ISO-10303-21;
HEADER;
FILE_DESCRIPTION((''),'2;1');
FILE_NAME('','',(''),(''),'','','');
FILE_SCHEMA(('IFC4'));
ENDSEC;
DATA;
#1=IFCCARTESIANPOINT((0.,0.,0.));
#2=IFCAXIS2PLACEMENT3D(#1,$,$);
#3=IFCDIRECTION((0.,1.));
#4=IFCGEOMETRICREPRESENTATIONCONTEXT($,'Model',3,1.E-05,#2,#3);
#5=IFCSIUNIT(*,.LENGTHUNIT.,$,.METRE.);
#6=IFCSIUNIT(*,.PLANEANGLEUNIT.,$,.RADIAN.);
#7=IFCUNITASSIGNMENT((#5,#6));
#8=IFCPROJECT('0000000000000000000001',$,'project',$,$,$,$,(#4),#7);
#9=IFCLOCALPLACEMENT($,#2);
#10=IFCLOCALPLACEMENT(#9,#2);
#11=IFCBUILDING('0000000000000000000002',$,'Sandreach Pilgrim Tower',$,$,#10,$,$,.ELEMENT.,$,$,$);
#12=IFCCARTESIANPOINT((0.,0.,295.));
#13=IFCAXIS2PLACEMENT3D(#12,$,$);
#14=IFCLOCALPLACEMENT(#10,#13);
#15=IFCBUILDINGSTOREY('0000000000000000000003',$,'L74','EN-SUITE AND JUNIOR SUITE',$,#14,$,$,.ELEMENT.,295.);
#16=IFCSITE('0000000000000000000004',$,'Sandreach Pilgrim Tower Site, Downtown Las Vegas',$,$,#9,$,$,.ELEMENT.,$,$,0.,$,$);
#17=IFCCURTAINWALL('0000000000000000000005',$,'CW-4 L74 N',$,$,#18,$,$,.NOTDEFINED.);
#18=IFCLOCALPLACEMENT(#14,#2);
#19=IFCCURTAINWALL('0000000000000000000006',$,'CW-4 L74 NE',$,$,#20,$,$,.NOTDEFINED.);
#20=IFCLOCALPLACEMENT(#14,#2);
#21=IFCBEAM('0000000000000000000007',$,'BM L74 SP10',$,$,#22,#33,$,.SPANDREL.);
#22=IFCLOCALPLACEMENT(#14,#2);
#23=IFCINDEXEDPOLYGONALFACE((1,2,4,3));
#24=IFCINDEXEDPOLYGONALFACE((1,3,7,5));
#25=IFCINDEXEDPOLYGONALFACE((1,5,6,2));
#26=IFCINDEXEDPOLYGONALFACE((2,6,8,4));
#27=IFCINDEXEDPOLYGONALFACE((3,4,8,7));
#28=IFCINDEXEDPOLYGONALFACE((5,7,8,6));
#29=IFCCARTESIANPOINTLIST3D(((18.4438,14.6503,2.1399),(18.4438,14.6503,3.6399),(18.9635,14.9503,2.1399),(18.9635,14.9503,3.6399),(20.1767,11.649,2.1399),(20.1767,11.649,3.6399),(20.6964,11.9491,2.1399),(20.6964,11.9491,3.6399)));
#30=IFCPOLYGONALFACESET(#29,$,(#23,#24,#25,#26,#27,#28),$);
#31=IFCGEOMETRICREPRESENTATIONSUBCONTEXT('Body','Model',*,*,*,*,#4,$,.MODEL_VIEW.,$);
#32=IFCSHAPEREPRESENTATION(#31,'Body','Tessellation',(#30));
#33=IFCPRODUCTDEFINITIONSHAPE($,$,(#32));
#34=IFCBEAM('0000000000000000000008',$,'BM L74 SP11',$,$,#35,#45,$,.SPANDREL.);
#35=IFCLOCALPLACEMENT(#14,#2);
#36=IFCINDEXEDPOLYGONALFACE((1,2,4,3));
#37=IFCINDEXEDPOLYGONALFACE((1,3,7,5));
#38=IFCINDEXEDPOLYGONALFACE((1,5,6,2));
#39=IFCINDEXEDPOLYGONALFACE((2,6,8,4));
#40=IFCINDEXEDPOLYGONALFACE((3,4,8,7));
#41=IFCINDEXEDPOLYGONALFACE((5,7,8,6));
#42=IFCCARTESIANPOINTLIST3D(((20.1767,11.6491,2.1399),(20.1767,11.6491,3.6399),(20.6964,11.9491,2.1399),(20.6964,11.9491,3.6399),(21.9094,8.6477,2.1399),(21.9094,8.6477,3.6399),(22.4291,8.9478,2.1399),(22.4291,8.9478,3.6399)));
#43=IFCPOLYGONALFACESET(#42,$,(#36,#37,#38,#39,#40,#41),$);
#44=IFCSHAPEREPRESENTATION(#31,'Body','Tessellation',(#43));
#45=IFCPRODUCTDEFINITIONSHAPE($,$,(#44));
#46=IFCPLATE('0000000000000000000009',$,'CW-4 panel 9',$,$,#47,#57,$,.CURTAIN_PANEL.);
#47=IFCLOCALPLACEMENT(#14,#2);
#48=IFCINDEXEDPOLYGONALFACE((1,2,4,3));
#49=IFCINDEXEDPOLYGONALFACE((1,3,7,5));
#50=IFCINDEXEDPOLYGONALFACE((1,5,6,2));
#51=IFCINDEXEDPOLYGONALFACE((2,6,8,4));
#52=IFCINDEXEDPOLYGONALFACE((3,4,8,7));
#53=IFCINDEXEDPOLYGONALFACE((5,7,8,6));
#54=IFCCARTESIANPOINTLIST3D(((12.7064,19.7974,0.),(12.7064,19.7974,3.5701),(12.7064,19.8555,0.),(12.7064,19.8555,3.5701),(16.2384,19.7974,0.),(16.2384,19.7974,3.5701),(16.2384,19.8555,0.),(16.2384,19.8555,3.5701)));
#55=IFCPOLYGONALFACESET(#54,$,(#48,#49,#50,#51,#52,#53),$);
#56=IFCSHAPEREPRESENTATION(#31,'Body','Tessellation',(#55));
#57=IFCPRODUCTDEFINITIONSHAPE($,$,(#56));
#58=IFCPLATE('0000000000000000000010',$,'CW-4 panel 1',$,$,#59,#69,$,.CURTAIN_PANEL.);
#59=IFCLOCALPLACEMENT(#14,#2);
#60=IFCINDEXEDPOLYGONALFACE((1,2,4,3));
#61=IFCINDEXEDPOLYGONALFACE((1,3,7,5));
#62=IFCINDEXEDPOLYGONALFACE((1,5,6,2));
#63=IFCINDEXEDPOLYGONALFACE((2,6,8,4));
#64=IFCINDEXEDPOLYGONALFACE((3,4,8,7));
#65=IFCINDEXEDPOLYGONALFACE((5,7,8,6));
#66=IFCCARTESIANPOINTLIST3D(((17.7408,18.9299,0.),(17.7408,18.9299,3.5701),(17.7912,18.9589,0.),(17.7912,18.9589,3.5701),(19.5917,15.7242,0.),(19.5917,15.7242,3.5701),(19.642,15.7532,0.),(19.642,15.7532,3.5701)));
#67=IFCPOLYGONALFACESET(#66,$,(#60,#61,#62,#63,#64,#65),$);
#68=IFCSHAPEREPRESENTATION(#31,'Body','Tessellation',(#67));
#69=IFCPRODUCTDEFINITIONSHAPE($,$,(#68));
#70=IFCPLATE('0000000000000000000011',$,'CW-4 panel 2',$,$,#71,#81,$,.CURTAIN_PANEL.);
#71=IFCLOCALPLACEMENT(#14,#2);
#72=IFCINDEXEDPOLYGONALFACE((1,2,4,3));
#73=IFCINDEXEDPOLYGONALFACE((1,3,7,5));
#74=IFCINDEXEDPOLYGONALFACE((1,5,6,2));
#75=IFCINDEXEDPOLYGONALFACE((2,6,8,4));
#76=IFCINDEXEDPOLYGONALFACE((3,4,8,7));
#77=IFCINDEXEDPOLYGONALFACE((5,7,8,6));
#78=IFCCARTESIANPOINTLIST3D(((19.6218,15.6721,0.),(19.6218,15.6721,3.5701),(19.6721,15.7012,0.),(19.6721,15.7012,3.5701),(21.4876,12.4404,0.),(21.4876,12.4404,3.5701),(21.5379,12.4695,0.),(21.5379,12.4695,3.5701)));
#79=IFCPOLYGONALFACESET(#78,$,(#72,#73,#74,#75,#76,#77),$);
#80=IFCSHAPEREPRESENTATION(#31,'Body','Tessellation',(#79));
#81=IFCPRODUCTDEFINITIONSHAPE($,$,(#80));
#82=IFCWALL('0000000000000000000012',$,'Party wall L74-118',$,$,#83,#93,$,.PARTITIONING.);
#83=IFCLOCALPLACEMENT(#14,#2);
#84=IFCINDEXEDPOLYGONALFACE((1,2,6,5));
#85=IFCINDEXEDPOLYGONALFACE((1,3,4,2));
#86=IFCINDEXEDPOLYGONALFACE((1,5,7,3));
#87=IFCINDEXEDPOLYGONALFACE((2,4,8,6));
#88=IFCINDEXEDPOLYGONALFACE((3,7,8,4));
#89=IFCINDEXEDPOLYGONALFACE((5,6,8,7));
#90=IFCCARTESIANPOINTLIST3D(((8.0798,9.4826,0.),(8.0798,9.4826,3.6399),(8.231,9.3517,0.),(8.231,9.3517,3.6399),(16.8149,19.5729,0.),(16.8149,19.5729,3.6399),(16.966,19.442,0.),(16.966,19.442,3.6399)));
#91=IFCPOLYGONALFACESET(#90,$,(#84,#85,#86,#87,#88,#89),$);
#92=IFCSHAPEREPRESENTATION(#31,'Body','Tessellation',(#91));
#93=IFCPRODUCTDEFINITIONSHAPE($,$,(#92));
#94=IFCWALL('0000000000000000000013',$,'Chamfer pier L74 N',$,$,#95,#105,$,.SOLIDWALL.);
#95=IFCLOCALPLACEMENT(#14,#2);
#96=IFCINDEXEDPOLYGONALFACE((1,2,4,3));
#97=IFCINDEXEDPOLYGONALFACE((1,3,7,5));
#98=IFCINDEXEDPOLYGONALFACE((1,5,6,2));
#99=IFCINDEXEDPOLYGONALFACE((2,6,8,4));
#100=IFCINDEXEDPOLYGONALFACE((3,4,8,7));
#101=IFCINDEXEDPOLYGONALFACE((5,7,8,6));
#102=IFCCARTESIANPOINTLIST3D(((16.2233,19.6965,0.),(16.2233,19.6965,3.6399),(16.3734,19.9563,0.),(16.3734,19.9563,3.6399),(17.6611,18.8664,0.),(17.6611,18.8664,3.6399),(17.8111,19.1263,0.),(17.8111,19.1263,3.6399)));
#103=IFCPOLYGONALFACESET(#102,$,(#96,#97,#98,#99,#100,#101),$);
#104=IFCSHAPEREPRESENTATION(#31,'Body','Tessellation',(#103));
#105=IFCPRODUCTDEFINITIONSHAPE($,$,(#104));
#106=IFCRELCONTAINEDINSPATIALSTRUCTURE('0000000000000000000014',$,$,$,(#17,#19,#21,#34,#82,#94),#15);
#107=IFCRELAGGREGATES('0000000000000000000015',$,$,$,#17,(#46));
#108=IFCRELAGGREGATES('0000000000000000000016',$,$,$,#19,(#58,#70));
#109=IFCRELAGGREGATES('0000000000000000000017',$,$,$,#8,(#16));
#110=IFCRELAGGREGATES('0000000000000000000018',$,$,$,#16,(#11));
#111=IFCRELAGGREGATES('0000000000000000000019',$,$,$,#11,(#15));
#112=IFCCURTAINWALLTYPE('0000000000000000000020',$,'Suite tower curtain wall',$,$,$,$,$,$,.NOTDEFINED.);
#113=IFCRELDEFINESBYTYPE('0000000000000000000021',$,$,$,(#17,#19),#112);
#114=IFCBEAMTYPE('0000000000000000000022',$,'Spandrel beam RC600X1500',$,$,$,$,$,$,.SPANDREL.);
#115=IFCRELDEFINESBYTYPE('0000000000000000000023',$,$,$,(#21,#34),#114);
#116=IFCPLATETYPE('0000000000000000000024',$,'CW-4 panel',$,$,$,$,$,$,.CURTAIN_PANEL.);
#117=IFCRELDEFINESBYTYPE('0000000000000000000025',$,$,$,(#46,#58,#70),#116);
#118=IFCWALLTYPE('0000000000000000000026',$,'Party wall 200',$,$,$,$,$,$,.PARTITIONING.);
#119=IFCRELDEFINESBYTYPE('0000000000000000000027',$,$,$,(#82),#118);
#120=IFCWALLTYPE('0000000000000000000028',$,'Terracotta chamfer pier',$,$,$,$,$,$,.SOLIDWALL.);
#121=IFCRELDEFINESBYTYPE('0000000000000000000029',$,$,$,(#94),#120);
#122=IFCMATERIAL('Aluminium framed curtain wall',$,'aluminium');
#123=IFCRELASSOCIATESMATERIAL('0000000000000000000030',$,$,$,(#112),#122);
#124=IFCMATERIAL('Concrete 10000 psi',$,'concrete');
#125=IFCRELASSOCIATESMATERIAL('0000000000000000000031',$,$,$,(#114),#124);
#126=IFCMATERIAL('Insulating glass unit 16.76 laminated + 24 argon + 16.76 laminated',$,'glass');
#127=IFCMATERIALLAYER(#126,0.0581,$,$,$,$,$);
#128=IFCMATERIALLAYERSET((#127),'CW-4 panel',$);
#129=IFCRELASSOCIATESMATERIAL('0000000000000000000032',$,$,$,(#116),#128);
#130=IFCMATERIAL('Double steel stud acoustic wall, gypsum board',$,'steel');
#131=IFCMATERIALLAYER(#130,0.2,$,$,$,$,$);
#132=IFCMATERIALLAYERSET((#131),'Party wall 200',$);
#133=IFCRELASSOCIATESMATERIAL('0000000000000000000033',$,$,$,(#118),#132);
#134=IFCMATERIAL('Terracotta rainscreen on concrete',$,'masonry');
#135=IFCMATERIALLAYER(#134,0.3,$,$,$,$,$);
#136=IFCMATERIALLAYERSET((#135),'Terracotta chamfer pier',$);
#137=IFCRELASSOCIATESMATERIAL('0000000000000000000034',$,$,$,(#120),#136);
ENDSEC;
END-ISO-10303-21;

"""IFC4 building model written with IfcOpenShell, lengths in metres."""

from ifc_helpers import new_model, si_unit, direction, frame, frame_2d, origin, origin_2d, place, context, subcontext, project, spatial, rectangle, extrude, material, layer, layer_set, material_profile, profile_set, type_object, element, aggregate, save


model = new_model("IFC4")

# Units and contexts
model_context = context("Model", 3, precision=1e-05, world=origin(), true_north=direction((0.0, 1.0)))
body_context = subcontext(model_context, "Body", "Model", "MODEL_VIEW")
ifc_project = project(units=[si_unit("LENGTHUNIT", "METRE"), si_unit("PLANEANGLEUNIT", "RADIAN")], contexts=[model_context])

# Site, building, storey
site_placement = place(None, origin())
site = spatial("IfcSite", under=ifc_project, at=site_placement, Name="Sandreach Pilgrim Tower Site, Downtown Las Vegas", CompositionType="ELEMENT", RefElevation=0.0)
building_placement = place(site_placement, origin())
building = spatial("IfcBuilding", under=site, at=building_placement, Name="Sandreach Pilgrim Tower", CompositionType="ELEMENT")
storey_placement = place(building_placement, frame((0.0, 0.0, 295.0)))
storey = spatial("IfcBuildingStorey", under=building, at=storey_placement, Name="L74", Description="EN-SUITE AND JUNIOR SUITE", CompositionType="ELEMENT", Elevation=295.0)

# Curtain walls
ifc_material_1 = material(Name="Aluminium framed curtain wall", Category="aluminium")
curtain_wall_type = type_object("IfcCurtainWallType", Name="Suite tower curtain wall", PredefinedType="NOTDEFINED", material=ifc_material_1)
curtain_wall_1_placement = place(storey_placement, origin())
curtain_wall_1 = element("IfcCurtainWall", 1, at=curtain_wall_1_placement, inside=storey, type_object=curtain_wall_type, Name="CW-4 L74 N", PredefinedType="NOTDEFINED")
curtain_wall_2_placement = place(storey_placement, origin())
curtain_wall_2 = element("IfcCurtainWall", 2, at=curtain_wall_2_placement, inside=storey, type_object=curtain_wall_type, Name="CW-4 L74 NE", PredefinedType="NOTDEFINED")

# Beams
ifc_material_2 = material(Name="Concrete 10000 psi", Category="concrete")
ifc_material_profile_1 = material_profile(ifc_material_2, rectangle(XDim=0.6001, YDim=1.5, at=origin_2d()), Name="RC600X1500")
ifc_profile_set_1 = profile_set([ifc_material_profile_1], Name="Concrete 10000 psi")
beam_type_1 = type_object("IfcBeamType", Name="Spandrel beam RC600X1500", PredefinedType="SPANDREL", material=ifc_profile_set_1)
for number, where, z_axis, x_axis, name in (
    (3, (18.7036, 14.8003, 2.8899), (0.500033, -0.866006, 0.0), (0.866006, 0.500033, 0.0), "BM L74 SP10"),
    (4, (20.4365, 11.7991, 2.8899), (0.499981, -0.866037, 0.0), (0.866037, 0.499981, 0.0), "BM L74 SP11"),
):
    element("IfcBeam", number, at=place(storey_placement, frame(where, z_axis=z_axis, x_axis=x_axis)), inside=storey, type_object=beam_type_1, Name=name, PredefinedType="SPANDREL", context=body_context, shape_type="SweptSolid", body=[
        extrude(rectangle(XDim=0.6001, YDim=1.5, at=origin_2d()), origin(), (0.0, 0.0, 1.0), 3.4656),
    ])

# Plates
ifc_material_3 = material(Name="Insulating glass unit 16.76 laminated + 24 argon + 16.76 laminated", Category="glass")
ifc_layer_1 = layer(ifc_material_3, 0.0581)
ifc_layer_set_1 = layer_set([ifc_layer_1], Name="CW-4 panel")
plate_type = type_object("IfcPlateType", Name="CW-4 panel", PredefinedType="CURTAIN_PANEL", material=ifc_layer_set_1)
plate_1_placement = place(storey_placement, frame((14.4724, 19.8264, 0.0), z_axis=(0.0, 0.0, 1.0), x_axis=(1.0, 0.0, 0.0)))
plate_1 = element("IfcPlate", 5, at=plate_1_placement, type_object=plate_type, Name="CW-4 panel 9", PredefinedType="CURTAIN_PANEL", context=body_context, shape_type="SweptSolid", body=[
    extrude(rectangle(XDim=3.532, YDim=0.0581, at=origin_2d()), origin(), (0.0, 0.0, 1.0), 3.5701),
])
aggregate(curtain_wall_1, [plate_1])
plate_2_placement = place(storey_placement, frame((18.6914, 17.3416, 0.0), z_axis=(0.0, 0.0, 1.0), x_axis=(0.5, -0.866025, 0.0)))
plate_2 = element("IfcPlate", 6, at=plate_2_placement, type_object=plate_type, Name="CW-4 panel 1", PredefinedType="CURTAIN_PANEL", context=body_context, shape_type="SweptSolid", body=[
    extrude(rectangle(XDim=3.7017, YDim=0.0581, at=origin_2d()), origin(), (0.0, 0.0, 1.0), 3.5701),
])
plate_3_placement = place(storey_placement, frame((20.5798, 14.0708, 0.0), z_axis=(0.0, 0.0, 1.0), x_axis=(0.5, -0.866025, 0.0)))
plate_3 = element("IfcPlate", 7, at=plate_3_placement, type_object=plate_type, Name="CW-4 panel 2", PredefinedType="CURTAIN_PANEL", context=body_context, shape_type="SweptSolid", body=[
    extrude(rectangle(XDim=3.7317, YDim=0.0581, at=origin_2d()), origin(), (0.0, 0.0, 1.0), 3.5701),
])
aggregate(curtain_wall_2, [plate_2, plate_3])

# Walls
ifc_material_4 = material(Name="Double steel stud acoustic wall, gypsum board", Category="steel")
ifc_layer_2 = layer(ifc_material_4, 0.2)
ifc_layer_set_2 = layer_set([ifc_layer_2], Name="Party wall 200")
wall_type_1 = type_object("IfcWallType", Name="Party wall 200", PredefinedType="PARTITIONING", material=ifc_layer_set_2)
wall_1_placement = place(storey_placement, frame((16.8904, 19.5073, 0.0), z_axis=(0.0, 0.0, 1.0), x_axis=(-0.654509, -0.756054, 0.0)))
element("IfcWall", 8, at=wall_1_placement, inside=storey, type_object=wall_type_1, Name="Party wall L74-118", PredefinedType="PARTITIONING", context=body_context, shape_type="SweptSolid", body=[
    extrude(rectangle(XDim=13.3459, YDim=0.2, at=frame_2d((6.6729, 0.0))), origin(), (0.0, 0.0, 1.0), 3.6399),
])
ifc_material_5 = material(Name="Terracotta rainscreen on concrete", Category="masonry")
ifc_layer_3 = layer(ifc_material_5, 0.3)
ifc_layer_set_3 = layer_set([ifc_layer_3], Name="Terracotta chamfer pier")
wall_type_2 = type_object("IfcWallType", Name="Terracotta chamfer pier", PredefinedType="SOLIDWALL", material=ifc_layer_set_3)
wall_2_placement = place(storey_placement, frame((16.2983, 19.8264, 0.0), z_axis=(0.0, 0.0, 1.0), x_axis=(0.866026, -0.499998, 0.0)))
element("IfcWall", 9, at=wall_2_placement, inside=storey, type_object=wall_type_2, Name="Chamfer pier L74 N", PredefinedType="SOLIDWALL", context=body_context, shape_type="SweptSolid", body=[
    extrude(rectangle(XDim=1.6602, YDim=0.3, at=frame_2d((0.8301, 0.0))), origin(), (0.0, 0.0, 1.0), 3.6399),
])

save(model, "model.ifc")
